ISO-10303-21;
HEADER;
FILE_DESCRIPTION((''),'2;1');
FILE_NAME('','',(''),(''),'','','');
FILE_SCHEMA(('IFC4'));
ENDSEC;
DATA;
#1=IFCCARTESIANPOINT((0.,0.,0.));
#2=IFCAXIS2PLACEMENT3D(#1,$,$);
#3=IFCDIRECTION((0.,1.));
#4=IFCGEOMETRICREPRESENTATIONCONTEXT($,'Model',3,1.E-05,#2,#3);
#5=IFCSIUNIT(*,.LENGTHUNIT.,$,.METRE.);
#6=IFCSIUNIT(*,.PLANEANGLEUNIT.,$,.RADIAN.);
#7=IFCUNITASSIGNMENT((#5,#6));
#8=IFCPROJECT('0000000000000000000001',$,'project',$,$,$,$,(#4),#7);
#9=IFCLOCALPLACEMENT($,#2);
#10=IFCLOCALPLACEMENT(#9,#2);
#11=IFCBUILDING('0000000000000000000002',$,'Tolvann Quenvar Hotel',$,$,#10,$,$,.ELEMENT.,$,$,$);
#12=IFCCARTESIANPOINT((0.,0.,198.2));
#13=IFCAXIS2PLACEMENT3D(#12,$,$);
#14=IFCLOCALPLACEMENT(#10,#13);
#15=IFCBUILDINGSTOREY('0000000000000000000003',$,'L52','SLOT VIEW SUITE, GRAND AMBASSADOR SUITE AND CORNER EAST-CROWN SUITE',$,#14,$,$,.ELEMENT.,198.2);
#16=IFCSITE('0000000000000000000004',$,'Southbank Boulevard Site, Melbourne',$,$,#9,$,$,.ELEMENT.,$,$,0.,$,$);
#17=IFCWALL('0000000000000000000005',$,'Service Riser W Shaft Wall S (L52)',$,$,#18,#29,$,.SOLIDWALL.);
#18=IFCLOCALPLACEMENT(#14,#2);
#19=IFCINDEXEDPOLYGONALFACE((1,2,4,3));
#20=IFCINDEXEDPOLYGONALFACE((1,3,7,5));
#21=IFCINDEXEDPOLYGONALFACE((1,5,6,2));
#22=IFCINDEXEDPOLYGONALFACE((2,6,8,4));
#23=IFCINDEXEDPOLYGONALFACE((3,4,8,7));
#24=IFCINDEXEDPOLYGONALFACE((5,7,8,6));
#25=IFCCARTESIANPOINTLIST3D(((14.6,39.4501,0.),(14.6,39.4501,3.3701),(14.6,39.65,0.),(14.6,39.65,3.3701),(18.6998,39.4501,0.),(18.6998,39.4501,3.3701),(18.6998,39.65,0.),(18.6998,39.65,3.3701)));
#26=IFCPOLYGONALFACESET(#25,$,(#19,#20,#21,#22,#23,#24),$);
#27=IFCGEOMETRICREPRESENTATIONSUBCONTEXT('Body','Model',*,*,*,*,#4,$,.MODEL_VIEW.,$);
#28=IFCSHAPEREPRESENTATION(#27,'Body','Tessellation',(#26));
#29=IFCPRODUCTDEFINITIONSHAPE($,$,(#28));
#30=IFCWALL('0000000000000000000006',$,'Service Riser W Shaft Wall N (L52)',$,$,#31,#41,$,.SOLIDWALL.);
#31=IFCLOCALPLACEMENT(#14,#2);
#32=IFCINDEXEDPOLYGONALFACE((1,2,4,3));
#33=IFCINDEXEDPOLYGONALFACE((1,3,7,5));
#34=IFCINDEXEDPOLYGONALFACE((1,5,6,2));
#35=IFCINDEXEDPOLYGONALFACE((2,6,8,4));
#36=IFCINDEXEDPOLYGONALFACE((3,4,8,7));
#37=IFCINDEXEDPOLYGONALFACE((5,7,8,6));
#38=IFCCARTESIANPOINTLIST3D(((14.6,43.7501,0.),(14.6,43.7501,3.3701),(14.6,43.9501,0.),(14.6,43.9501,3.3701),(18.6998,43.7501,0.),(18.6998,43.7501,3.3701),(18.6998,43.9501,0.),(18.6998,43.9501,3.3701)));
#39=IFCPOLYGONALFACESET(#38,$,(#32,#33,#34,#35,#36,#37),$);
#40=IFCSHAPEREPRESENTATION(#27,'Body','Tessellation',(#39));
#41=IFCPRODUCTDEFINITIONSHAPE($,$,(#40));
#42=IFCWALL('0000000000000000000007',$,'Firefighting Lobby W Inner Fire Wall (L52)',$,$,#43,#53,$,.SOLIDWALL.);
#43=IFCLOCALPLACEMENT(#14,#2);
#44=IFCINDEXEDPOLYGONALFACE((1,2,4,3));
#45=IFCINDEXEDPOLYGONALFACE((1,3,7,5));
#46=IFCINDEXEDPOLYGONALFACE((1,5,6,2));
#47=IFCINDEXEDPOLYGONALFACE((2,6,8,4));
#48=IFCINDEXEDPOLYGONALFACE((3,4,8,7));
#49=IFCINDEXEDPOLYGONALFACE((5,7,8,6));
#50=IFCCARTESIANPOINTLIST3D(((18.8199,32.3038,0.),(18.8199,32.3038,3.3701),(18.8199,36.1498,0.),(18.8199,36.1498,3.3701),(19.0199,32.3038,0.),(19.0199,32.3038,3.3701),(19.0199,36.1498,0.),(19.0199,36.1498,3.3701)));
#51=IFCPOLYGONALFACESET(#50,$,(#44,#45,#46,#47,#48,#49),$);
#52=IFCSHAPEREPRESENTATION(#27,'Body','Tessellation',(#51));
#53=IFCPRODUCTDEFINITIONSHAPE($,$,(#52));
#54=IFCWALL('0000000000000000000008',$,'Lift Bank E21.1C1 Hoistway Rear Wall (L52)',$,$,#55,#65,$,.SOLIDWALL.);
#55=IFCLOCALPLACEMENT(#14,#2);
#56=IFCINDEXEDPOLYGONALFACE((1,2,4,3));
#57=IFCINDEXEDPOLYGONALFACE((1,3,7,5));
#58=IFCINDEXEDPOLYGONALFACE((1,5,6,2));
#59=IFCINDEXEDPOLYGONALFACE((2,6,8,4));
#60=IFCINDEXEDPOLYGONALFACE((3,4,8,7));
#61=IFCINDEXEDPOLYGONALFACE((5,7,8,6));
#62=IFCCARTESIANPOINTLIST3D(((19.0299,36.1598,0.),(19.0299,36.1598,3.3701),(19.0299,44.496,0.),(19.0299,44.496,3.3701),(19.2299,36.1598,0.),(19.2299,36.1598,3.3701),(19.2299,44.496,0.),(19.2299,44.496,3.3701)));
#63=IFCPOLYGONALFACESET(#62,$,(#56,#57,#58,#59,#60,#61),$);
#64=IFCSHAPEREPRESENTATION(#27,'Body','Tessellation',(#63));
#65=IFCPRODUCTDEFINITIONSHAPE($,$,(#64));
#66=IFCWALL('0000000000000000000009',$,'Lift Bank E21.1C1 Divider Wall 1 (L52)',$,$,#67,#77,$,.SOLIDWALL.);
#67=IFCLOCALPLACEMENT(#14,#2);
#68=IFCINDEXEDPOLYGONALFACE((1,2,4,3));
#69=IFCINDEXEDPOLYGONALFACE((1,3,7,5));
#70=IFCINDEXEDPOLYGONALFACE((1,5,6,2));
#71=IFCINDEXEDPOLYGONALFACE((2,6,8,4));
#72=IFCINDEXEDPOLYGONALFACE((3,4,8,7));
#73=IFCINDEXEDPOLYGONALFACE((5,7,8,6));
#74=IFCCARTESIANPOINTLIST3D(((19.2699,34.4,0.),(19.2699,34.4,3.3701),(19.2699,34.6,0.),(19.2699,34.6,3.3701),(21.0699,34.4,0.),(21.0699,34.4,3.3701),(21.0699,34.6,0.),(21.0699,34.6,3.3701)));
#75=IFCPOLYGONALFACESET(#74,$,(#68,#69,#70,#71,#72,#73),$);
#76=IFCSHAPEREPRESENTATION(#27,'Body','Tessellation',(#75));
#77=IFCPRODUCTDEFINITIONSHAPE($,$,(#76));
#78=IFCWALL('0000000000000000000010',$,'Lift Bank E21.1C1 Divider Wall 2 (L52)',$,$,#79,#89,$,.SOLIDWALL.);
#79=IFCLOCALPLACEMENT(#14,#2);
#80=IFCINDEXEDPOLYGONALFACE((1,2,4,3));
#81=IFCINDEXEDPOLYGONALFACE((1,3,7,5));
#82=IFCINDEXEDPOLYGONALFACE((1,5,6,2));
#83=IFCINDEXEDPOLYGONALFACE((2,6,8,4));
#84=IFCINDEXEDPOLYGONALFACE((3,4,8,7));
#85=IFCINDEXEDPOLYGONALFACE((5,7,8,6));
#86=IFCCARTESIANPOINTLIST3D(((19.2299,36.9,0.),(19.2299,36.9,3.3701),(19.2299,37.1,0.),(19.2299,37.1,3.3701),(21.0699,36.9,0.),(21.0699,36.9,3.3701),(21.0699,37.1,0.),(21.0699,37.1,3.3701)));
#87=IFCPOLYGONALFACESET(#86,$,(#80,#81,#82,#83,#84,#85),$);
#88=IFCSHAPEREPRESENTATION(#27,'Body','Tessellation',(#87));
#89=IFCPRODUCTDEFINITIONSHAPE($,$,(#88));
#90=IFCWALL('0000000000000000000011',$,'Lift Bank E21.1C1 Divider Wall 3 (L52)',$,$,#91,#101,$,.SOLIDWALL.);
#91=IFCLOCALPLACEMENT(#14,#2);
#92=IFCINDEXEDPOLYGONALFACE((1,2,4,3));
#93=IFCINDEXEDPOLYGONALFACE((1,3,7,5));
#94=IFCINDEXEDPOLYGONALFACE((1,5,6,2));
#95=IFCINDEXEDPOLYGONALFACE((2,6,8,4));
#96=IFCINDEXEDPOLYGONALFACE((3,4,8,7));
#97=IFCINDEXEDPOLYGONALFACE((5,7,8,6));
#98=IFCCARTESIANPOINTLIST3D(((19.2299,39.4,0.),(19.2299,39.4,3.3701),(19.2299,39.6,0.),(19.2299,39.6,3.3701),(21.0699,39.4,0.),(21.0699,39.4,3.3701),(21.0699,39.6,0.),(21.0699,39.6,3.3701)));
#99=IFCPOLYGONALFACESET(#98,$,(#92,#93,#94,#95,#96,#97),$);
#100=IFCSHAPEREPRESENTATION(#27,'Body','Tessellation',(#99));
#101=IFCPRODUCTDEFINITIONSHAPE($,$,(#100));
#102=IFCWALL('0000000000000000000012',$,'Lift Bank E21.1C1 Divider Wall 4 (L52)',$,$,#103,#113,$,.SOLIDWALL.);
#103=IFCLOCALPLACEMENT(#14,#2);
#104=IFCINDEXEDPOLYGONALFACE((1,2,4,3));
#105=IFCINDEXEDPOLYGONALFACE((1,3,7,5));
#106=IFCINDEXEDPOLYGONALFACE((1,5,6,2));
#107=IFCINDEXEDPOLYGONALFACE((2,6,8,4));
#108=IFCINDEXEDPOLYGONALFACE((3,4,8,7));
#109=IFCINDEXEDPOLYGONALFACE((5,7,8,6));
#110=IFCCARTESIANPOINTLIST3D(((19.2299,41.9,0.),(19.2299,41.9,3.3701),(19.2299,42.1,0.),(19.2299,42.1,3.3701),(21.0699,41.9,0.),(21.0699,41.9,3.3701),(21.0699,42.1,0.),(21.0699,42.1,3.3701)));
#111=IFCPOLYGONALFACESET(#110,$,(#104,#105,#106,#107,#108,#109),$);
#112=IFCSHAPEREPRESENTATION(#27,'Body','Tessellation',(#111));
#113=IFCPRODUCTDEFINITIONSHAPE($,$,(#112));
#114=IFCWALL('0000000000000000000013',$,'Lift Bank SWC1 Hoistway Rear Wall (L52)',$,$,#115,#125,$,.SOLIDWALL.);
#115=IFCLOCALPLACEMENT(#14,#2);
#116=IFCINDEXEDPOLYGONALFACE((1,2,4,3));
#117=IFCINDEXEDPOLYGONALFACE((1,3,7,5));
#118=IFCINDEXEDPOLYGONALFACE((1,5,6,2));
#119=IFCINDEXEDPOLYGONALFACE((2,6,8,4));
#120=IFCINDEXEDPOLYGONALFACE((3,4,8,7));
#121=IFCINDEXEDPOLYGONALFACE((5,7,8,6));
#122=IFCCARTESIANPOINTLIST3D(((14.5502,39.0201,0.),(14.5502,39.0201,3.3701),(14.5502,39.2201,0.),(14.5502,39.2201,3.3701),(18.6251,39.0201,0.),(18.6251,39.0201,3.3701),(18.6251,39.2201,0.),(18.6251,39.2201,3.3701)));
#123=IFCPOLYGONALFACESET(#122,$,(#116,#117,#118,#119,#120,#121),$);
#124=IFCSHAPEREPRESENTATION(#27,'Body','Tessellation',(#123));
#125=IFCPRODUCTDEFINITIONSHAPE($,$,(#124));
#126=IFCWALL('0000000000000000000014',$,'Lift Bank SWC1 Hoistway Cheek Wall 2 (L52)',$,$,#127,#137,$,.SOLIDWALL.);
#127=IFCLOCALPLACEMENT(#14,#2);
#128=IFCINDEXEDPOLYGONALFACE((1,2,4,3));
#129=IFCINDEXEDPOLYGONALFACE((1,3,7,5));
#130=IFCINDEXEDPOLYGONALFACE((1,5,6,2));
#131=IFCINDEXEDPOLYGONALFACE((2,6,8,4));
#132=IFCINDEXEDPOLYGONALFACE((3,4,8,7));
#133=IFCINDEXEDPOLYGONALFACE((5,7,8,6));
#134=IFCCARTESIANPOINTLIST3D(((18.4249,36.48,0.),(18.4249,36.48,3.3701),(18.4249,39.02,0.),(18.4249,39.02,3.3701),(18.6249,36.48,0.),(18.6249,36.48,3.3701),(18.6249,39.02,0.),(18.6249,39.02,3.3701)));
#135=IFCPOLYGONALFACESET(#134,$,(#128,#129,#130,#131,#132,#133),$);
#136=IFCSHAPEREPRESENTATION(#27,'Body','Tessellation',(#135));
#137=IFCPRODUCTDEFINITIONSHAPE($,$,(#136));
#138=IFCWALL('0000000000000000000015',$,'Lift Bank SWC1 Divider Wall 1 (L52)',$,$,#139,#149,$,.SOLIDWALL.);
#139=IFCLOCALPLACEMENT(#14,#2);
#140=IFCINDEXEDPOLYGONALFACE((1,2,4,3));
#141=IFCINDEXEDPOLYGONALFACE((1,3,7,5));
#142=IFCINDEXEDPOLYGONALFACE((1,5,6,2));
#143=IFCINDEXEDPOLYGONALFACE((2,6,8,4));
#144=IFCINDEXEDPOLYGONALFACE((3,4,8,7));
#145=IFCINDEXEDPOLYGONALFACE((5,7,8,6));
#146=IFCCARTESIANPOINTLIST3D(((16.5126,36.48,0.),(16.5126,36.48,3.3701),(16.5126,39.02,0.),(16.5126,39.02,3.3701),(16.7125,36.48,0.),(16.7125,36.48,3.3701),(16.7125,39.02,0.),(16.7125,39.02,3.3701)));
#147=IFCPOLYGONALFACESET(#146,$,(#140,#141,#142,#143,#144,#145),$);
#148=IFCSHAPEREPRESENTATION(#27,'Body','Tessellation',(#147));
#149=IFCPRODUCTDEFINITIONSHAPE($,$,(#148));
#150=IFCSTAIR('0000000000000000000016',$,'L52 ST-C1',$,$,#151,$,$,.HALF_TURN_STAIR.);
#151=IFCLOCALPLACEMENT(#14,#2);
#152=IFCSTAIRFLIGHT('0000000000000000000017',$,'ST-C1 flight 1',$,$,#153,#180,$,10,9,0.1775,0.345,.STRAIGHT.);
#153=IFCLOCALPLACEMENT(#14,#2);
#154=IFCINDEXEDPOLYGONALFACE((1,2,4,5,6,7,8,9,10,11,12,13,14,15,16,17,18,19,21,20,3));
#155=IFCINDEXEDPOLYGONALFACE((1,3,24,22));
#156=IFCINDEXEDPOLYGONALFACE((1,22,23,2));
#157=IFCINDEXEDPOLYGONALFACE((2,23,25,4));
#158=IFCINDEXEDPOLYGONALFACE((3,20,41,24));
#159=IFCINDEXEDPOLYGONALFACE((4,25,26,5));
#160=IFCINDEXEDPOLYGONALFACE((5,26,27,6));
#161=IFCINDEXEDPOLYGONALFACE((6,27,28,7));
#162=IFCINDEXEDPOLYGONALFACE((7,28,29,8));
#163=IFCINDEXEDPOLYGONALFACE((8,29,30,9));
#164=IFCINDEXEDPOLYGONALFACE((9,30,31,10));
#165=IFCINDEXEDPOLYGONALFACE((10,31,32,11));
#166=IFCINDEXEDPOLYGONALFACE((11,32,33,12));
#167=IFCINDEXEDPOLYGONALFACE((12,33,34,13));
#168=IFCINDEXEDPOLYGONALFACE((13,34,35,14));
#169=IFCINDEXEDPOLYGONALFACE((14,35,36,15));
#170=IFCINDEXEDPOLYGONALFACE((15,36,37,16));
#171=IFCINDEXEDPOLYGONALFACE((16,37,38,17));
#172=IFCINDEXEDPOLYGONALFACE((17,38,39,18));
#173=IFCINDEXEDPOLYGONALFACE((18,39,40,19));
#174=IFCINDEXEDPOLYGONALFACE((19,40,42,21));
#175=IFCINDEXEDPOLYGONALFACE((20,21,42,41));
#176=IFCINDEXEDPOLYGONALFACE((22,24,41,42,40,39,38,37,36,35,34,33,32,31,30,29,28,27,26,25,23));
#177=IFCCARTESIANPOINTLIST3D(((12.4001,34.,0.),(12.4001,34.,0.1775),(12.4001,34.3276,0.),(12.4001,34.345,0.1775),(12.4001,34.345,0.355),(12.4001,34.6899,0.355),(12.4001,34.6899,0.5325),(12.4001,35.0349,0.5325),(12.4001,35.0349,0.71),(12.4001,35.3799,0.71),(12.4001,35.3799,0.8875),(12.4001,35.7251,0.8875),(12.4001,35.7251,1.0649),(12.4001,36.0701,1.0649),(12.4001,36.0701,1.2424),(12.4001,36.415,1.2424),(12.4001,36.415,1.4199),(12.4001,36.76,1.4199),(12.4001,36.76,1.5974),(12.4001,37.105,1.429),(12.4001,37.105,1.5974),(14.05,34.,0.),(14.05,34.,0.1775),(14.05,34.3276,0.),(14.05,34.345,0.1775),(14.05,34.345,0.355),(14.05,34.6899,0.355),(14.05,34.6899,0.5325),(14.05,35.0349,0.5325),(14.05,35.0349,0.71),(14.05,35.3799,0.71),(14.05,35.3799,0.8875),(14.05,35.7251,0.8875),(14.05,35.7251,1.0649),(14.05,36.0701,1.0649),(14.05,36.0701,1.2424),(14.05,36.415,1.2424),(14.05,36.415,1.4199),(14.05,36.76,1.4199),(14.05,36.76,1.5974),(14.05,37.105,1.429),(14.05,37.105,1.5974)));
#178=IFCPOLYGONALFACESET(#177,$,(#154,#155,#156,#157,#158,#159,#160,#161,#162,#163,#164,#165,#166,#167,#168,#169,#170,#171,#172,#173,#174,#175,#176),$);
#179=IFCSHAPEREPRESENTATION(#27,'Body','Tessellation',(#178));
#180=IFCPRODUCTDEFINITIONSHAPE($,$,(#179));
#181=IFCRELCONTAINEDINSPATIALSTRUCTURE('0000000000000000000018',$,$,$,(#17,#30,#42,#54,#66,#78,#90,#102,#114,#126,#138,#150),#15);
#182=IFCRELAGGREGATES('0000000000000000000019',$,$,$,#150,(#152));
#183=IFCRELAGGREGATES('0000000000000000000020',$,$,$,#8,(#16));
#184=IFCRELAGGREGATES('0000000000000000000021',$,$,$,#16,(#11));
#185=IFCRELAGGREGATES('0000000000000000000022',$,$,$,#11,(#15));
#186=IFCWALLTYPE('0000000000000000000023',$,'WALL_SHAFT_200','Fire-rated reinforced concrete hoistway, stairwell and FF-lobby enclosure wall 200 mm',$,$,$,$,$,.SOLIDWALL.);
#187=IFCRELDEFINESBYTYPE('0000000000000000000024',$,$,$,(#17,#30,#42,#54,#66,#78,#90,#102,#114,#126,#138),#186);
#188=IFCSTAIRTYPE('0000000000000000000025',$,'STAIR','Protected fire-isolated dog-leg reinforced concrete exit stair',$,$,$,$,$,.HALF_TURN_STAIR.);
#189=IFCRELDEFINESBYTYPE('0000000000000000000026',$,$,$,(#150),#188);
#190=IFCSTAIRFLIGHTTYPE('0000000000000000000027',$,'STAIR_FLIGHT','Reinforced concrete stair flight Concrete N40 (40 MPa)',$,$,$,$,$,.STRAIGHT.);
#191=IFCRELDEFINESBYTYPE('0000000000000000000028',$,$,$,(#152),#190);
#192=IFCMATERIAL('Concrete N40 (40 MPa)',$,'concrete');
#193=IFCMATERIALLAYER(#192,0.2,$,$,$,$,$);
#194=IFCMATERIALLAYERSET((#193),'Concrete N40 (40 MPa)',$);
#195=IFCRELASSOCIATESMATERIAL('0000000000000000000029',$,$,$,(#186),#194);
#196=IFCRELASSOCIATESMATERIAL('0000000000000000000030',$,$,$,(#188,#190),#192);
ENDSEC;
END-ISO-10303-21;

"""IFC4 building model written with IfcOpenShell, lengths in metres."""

from ifc_helpers import new_model, si_unit, direction, frame, frame_2d, origin, place, context, subcontext, project, spatial, polyline, rectangle, outline, extrude, material, layer, layer_set, type_object, element, aggregate, save


model = new_model("IFC4")

# Units and contexts
model_context = context("Model", 3, precision=1e-05, world=origin(), true_north=direction((0.0, 1.0)))
body_context = subcontext(model_context, "Body", "Model", "MODEL_VIEW")
ifc_project = project(units=[si_unit("LENGTHUNIT", "METRE"), si_unit("PLANEANGLEUNIT", "RADIAN")], contexts=[model_context])

# Site, building, storey
site_placement = place(None, origin())
site = spatial("IfcSite", under=ifc_project, at=site_placement, Name="Southbank Boulevard Site, Melbourne", CompositionType="ELEMENT", RefElevation=0.0)
building_placement = place(site_placement, origin())
building = spatial("IfcBuilding", under=site, at=building_placement, Name="Tolvann Quenvar Hotel", CompositionType="ELEMENT")
storey_placement = place(building_placement, frame((0.0, 0.0, 198.2)))
storey = spatial("IfcBuildingStorey", under=building, at=storey_placement, Name="L52", Description="SLOT VIEW SUITE, GRAND AMBASSADOR SUITE AND CORNER EAST-CROWN SUITE", CompositionType="ELEMENT", Elevation=198.2)

# Walls
ifc_material_1 = material(Name="Concrete N40 (40 MPa)", Category="concrete")
ifc_layer_1 = layer(ifc_material_1, 0.2)
ifc_layer_set_1 = layer_set([ifc_layer_1], Name="Concrete N40 (40 MPa)")
wall_type_1 = type_object("IfcWallType", Name="WALL_SHAFT_200", Description="Fire-rated reinforced concrete hoistway, stairwell and FF-lobby enclosure wall 200 mm", PredefinedType="SOLIDWALL", material=ifc_layer_set_1)
for number, where, z_axis, x_axis, name in (
    (1, (14.6001, 39.55, 0.0), (0.0, 0.0, 1.0), (1.0, 0.0, 0.0), "Service Riser W Shaft Wall S (L52)"),
    (2, (14.6001, 43.8501, 0.0), (0.0, 0.0, 1.0), (1.0, 0.0, 0.0), "Service Riser W Shaft Wall N (L52)"),
):
    element("IfcWall", number, at=place(storey_placement, frame(where, z_axis=z_axis, x_axis=x_axis)), inside=storey, type_object=wall_type_1, Name=name, PredefinedType="SOLIDWALL", context=body_context, shape_type="SweptSolid", body=[
        extrude(rectangle(XDim=4.0999, YDim=0.2, at=frame_2d((2.0498, 0.0))), origin(), (0.0, 0.0, 1.0), 3.3701),
    ])
wall_1_placement = place(storey_placement, frame((18.9199, 32.304, 0.0), z_axis=(0.0, 0.0, 1.0), x_axis=(0.0, 1.0, 0.0)))
element("IfcWall", 3, at=wall_1_placement, inside=storey, type_object=wall_type_1, Name="Firefighting Lobby W Inner Fire Wall (L52)", PredefinedType="SOLIDWALL", context=body_context, shape_type="SweptSolid", body=[
    extrude(rectangle(XDim=3.8459, YDim=0.2, at=frame_2d((1.9229, 0.0))), origin(), (0.0, 0.0, 1.0), 3.3701),
])
wall_2_placement = place(storey_placement, frame((19.1299, 36.1599, 0.0), z_axis=(0.0, 0.0, 1.0), x_axis=(0.0, 1.0, 0.0)))
element("IfcWall", 4, at=wall_2_placement, inside=storey, type_object=wall_type_1, Name="Lift Bank E21.1C1 Hoistway Rear Wall (L52)", PredefinedType="SOLIDWALL", context=body_context, shape_type="SweptSolid", body=[
    extrude(rectangle(XDim=8.3362, YDim=0.2, at=frame_2d((4.168, 0.0))), origin(), (0.0, 0.0, 1.0), 3.3701),
])
wall_3_placement = place(storey_placement, frame((19.27, 34.5, 0.0), z_axis=(0.0, 0.0, 1.0), x_axis=(1.0, 0.0, 0.0)))
element("IfcWall", 5, at=wall_3_placement, inside=storey, type_object=wall_type_1, Name="Lift Bank E21.1C1 Divider Wall 1 (L52)", PredefinedType="SOLIDWALL", context=body_context, shape_type="SweptSolid", body=[
    extrude(rectangle(XDim=1.8, YDim=0.2, at=frame_2d((0.8999, 0.0))), origin(), (0.0, 0.0, 1.0), 3.3701),
])
for number, where, z_axis, x_axis, name in (
    (6, (19.23, 37.0, 0.0), (0.0, 0.0, 1.0), (1.0, 0.0, 0.0), "Lift Bank E21.1C1 Divider Wall 2 (L52)"),
    (7, (19.23, 39.5, 0.0), (0.0, 0.0, 1.0), (1.0, 0.0, 0.0), "Lift Bank E21.1C1 Divider Wall 3 (L52)"),
    (8, (19.23, 42.0, 0.0), (0.0, 0.0, 1.0), (1.0, 0.0, 0.0), "Lift Bank E21.1C1 Divider Wall 4 (L52)"),
):
    element("IfcWall", number, at=place(storey_placement, frame(where, z_axis=z_axis, x_axis=x_axis)), inside=storey, type_object=wall_type_1, Name=name, PredefinedType="SOLIDWALL", context=body_context, shape_type="SweptSolid", body=[
        extrude(rectangle(XDim=1.8401, YDim=0.2, at=frame_2d((0.9199, 0.0))), origin(), (0.0, 0.0, 1.0), 3.3701),
    ])

# Walls
wall_4_placement = place(storey_placement, frame((14.55, 39.1201, 0.0), z_axis=(0.0, 0.0, 1.0), x_axis=(1.0, 0.0, 0.0)))
element("IfcWall", 9, at=wall_4_placement, inside=storey, type_object=wall_type_1, Name="Lift Bank SWC1 Hoistway Rear Wall (L52)", PredefinedType="SOLIDWALL", context=body_context, shape_type="SweptSolid", body=[
    extrude(rectangle(XDim=4.075, YDim=0.2, at=frame_2d((2.0376, 0.0))), origin(), (0.0, 0.0, 1.0), 3.3701),
])
for number, where, z_axis, x_axis, name in (
    (10, (18.5249, 36.48, 0.0), (0.0, 0.0, 1.0), (0.0, 1.0, 0.0), "Lift Bank SWC1 Hoistway Cheek Wall 2 (L52)"),
    (11, (16.6125, 36.48, 0.0), (0.0, 0.0, 1.0), (0.0, 1.0, 0.0), "Lift Bank SWC1 Divider Wall 1 (L52)"),
):
    element("IfcWall", number, at=place(storey_placement, frame(where, z_axis=z_axis, x_axis=x_axis)), inside=storey, type_object=wall_type_1, Name=name, PredefinedType="SOLIDWALL", context=body_context, shape_type="SweptSolid", body=[
        extrude(rectangle(XDim=2.54, YDim=0.2, at=frame_2d((1.27, 0.0))), origin(), (0.0, 0.0, 1.0), 3.3701),
    ])

# Stair, stair flight
stair_type = type_object("IfcStairType", Name="STAIR", Description="Protected fire-isolated dog-leg reinforced concrete exit stair", PredefinedType="HALF_TURN_STAIR", material=ifc_material_1)
stair_placement = place(storey_placement, origin())
stair = element("IfcStair", 12, at=stair_placement, inside=storey, type_object=stair_type, Name="L52 ST-C1", PredefinedType="HALF_TURN_STAIR")
stair_flight_type = type_object("IfcStairFlightType", Name="STAIR_FLIGHT", Description="Reinforced concrete stair flight Concrete N40 (40 MPa)", PredefinedType="STRAIGHT", material=ifc_material_1)
stair_flight_1_placement = place(storey_placement, frame((13.2251, 34.0, 0.0), z_axis=(0.0, 0.0, 1.0), x_axis=(0.0, 1.0, 0.0)))
stair_flight_1 = element("IfcStairFlight", 13, at=stair_flight_1_placement, type_object=stair_flight_type, Name="ST-C1 flight 1", NumberOfRisers=10, NumberOfTreads=9, PredefinedType="STRAIGHT", RiserHeight=0.1775, TreadLength=0.345, context=body_context, shape_type="SweptSolid", body=[
    extrude(outline(polyline([(0.0, 0.0), (0.0, 0.1775), (0.345, 0.1775), (0.345, 0.355), (0.6899, 0.355), (0.6899, 0.5325), (1.0349, 0.5325), (1.0349, 0.71), (1.3799, 0.71), (1.3799, 0.8875), (1.7251, 0.8875), (1.7251, 1.0649), (2.0701, 1.0649), (2.0701, 1.2424), (2.415, 1.2424), (2.415, 1.4199), (2.76, 1.4199), (2.76, 1.5974), (3.105, 1.5974), (3.105, 1.7749), (3.105, 1.429), (0.3276, 0.0), (0.0, 0.0)])), frame((0.0, 0.825, 0.0), z_axis=(0.0, -1.0, 0.0), x_axis=(1.0, 0.0, 0.0)), (0.0, 0.0, 1.0), 1.6499),
])
aggregate(stair, [stair_flight_1])

save(model, "model.ifc")
